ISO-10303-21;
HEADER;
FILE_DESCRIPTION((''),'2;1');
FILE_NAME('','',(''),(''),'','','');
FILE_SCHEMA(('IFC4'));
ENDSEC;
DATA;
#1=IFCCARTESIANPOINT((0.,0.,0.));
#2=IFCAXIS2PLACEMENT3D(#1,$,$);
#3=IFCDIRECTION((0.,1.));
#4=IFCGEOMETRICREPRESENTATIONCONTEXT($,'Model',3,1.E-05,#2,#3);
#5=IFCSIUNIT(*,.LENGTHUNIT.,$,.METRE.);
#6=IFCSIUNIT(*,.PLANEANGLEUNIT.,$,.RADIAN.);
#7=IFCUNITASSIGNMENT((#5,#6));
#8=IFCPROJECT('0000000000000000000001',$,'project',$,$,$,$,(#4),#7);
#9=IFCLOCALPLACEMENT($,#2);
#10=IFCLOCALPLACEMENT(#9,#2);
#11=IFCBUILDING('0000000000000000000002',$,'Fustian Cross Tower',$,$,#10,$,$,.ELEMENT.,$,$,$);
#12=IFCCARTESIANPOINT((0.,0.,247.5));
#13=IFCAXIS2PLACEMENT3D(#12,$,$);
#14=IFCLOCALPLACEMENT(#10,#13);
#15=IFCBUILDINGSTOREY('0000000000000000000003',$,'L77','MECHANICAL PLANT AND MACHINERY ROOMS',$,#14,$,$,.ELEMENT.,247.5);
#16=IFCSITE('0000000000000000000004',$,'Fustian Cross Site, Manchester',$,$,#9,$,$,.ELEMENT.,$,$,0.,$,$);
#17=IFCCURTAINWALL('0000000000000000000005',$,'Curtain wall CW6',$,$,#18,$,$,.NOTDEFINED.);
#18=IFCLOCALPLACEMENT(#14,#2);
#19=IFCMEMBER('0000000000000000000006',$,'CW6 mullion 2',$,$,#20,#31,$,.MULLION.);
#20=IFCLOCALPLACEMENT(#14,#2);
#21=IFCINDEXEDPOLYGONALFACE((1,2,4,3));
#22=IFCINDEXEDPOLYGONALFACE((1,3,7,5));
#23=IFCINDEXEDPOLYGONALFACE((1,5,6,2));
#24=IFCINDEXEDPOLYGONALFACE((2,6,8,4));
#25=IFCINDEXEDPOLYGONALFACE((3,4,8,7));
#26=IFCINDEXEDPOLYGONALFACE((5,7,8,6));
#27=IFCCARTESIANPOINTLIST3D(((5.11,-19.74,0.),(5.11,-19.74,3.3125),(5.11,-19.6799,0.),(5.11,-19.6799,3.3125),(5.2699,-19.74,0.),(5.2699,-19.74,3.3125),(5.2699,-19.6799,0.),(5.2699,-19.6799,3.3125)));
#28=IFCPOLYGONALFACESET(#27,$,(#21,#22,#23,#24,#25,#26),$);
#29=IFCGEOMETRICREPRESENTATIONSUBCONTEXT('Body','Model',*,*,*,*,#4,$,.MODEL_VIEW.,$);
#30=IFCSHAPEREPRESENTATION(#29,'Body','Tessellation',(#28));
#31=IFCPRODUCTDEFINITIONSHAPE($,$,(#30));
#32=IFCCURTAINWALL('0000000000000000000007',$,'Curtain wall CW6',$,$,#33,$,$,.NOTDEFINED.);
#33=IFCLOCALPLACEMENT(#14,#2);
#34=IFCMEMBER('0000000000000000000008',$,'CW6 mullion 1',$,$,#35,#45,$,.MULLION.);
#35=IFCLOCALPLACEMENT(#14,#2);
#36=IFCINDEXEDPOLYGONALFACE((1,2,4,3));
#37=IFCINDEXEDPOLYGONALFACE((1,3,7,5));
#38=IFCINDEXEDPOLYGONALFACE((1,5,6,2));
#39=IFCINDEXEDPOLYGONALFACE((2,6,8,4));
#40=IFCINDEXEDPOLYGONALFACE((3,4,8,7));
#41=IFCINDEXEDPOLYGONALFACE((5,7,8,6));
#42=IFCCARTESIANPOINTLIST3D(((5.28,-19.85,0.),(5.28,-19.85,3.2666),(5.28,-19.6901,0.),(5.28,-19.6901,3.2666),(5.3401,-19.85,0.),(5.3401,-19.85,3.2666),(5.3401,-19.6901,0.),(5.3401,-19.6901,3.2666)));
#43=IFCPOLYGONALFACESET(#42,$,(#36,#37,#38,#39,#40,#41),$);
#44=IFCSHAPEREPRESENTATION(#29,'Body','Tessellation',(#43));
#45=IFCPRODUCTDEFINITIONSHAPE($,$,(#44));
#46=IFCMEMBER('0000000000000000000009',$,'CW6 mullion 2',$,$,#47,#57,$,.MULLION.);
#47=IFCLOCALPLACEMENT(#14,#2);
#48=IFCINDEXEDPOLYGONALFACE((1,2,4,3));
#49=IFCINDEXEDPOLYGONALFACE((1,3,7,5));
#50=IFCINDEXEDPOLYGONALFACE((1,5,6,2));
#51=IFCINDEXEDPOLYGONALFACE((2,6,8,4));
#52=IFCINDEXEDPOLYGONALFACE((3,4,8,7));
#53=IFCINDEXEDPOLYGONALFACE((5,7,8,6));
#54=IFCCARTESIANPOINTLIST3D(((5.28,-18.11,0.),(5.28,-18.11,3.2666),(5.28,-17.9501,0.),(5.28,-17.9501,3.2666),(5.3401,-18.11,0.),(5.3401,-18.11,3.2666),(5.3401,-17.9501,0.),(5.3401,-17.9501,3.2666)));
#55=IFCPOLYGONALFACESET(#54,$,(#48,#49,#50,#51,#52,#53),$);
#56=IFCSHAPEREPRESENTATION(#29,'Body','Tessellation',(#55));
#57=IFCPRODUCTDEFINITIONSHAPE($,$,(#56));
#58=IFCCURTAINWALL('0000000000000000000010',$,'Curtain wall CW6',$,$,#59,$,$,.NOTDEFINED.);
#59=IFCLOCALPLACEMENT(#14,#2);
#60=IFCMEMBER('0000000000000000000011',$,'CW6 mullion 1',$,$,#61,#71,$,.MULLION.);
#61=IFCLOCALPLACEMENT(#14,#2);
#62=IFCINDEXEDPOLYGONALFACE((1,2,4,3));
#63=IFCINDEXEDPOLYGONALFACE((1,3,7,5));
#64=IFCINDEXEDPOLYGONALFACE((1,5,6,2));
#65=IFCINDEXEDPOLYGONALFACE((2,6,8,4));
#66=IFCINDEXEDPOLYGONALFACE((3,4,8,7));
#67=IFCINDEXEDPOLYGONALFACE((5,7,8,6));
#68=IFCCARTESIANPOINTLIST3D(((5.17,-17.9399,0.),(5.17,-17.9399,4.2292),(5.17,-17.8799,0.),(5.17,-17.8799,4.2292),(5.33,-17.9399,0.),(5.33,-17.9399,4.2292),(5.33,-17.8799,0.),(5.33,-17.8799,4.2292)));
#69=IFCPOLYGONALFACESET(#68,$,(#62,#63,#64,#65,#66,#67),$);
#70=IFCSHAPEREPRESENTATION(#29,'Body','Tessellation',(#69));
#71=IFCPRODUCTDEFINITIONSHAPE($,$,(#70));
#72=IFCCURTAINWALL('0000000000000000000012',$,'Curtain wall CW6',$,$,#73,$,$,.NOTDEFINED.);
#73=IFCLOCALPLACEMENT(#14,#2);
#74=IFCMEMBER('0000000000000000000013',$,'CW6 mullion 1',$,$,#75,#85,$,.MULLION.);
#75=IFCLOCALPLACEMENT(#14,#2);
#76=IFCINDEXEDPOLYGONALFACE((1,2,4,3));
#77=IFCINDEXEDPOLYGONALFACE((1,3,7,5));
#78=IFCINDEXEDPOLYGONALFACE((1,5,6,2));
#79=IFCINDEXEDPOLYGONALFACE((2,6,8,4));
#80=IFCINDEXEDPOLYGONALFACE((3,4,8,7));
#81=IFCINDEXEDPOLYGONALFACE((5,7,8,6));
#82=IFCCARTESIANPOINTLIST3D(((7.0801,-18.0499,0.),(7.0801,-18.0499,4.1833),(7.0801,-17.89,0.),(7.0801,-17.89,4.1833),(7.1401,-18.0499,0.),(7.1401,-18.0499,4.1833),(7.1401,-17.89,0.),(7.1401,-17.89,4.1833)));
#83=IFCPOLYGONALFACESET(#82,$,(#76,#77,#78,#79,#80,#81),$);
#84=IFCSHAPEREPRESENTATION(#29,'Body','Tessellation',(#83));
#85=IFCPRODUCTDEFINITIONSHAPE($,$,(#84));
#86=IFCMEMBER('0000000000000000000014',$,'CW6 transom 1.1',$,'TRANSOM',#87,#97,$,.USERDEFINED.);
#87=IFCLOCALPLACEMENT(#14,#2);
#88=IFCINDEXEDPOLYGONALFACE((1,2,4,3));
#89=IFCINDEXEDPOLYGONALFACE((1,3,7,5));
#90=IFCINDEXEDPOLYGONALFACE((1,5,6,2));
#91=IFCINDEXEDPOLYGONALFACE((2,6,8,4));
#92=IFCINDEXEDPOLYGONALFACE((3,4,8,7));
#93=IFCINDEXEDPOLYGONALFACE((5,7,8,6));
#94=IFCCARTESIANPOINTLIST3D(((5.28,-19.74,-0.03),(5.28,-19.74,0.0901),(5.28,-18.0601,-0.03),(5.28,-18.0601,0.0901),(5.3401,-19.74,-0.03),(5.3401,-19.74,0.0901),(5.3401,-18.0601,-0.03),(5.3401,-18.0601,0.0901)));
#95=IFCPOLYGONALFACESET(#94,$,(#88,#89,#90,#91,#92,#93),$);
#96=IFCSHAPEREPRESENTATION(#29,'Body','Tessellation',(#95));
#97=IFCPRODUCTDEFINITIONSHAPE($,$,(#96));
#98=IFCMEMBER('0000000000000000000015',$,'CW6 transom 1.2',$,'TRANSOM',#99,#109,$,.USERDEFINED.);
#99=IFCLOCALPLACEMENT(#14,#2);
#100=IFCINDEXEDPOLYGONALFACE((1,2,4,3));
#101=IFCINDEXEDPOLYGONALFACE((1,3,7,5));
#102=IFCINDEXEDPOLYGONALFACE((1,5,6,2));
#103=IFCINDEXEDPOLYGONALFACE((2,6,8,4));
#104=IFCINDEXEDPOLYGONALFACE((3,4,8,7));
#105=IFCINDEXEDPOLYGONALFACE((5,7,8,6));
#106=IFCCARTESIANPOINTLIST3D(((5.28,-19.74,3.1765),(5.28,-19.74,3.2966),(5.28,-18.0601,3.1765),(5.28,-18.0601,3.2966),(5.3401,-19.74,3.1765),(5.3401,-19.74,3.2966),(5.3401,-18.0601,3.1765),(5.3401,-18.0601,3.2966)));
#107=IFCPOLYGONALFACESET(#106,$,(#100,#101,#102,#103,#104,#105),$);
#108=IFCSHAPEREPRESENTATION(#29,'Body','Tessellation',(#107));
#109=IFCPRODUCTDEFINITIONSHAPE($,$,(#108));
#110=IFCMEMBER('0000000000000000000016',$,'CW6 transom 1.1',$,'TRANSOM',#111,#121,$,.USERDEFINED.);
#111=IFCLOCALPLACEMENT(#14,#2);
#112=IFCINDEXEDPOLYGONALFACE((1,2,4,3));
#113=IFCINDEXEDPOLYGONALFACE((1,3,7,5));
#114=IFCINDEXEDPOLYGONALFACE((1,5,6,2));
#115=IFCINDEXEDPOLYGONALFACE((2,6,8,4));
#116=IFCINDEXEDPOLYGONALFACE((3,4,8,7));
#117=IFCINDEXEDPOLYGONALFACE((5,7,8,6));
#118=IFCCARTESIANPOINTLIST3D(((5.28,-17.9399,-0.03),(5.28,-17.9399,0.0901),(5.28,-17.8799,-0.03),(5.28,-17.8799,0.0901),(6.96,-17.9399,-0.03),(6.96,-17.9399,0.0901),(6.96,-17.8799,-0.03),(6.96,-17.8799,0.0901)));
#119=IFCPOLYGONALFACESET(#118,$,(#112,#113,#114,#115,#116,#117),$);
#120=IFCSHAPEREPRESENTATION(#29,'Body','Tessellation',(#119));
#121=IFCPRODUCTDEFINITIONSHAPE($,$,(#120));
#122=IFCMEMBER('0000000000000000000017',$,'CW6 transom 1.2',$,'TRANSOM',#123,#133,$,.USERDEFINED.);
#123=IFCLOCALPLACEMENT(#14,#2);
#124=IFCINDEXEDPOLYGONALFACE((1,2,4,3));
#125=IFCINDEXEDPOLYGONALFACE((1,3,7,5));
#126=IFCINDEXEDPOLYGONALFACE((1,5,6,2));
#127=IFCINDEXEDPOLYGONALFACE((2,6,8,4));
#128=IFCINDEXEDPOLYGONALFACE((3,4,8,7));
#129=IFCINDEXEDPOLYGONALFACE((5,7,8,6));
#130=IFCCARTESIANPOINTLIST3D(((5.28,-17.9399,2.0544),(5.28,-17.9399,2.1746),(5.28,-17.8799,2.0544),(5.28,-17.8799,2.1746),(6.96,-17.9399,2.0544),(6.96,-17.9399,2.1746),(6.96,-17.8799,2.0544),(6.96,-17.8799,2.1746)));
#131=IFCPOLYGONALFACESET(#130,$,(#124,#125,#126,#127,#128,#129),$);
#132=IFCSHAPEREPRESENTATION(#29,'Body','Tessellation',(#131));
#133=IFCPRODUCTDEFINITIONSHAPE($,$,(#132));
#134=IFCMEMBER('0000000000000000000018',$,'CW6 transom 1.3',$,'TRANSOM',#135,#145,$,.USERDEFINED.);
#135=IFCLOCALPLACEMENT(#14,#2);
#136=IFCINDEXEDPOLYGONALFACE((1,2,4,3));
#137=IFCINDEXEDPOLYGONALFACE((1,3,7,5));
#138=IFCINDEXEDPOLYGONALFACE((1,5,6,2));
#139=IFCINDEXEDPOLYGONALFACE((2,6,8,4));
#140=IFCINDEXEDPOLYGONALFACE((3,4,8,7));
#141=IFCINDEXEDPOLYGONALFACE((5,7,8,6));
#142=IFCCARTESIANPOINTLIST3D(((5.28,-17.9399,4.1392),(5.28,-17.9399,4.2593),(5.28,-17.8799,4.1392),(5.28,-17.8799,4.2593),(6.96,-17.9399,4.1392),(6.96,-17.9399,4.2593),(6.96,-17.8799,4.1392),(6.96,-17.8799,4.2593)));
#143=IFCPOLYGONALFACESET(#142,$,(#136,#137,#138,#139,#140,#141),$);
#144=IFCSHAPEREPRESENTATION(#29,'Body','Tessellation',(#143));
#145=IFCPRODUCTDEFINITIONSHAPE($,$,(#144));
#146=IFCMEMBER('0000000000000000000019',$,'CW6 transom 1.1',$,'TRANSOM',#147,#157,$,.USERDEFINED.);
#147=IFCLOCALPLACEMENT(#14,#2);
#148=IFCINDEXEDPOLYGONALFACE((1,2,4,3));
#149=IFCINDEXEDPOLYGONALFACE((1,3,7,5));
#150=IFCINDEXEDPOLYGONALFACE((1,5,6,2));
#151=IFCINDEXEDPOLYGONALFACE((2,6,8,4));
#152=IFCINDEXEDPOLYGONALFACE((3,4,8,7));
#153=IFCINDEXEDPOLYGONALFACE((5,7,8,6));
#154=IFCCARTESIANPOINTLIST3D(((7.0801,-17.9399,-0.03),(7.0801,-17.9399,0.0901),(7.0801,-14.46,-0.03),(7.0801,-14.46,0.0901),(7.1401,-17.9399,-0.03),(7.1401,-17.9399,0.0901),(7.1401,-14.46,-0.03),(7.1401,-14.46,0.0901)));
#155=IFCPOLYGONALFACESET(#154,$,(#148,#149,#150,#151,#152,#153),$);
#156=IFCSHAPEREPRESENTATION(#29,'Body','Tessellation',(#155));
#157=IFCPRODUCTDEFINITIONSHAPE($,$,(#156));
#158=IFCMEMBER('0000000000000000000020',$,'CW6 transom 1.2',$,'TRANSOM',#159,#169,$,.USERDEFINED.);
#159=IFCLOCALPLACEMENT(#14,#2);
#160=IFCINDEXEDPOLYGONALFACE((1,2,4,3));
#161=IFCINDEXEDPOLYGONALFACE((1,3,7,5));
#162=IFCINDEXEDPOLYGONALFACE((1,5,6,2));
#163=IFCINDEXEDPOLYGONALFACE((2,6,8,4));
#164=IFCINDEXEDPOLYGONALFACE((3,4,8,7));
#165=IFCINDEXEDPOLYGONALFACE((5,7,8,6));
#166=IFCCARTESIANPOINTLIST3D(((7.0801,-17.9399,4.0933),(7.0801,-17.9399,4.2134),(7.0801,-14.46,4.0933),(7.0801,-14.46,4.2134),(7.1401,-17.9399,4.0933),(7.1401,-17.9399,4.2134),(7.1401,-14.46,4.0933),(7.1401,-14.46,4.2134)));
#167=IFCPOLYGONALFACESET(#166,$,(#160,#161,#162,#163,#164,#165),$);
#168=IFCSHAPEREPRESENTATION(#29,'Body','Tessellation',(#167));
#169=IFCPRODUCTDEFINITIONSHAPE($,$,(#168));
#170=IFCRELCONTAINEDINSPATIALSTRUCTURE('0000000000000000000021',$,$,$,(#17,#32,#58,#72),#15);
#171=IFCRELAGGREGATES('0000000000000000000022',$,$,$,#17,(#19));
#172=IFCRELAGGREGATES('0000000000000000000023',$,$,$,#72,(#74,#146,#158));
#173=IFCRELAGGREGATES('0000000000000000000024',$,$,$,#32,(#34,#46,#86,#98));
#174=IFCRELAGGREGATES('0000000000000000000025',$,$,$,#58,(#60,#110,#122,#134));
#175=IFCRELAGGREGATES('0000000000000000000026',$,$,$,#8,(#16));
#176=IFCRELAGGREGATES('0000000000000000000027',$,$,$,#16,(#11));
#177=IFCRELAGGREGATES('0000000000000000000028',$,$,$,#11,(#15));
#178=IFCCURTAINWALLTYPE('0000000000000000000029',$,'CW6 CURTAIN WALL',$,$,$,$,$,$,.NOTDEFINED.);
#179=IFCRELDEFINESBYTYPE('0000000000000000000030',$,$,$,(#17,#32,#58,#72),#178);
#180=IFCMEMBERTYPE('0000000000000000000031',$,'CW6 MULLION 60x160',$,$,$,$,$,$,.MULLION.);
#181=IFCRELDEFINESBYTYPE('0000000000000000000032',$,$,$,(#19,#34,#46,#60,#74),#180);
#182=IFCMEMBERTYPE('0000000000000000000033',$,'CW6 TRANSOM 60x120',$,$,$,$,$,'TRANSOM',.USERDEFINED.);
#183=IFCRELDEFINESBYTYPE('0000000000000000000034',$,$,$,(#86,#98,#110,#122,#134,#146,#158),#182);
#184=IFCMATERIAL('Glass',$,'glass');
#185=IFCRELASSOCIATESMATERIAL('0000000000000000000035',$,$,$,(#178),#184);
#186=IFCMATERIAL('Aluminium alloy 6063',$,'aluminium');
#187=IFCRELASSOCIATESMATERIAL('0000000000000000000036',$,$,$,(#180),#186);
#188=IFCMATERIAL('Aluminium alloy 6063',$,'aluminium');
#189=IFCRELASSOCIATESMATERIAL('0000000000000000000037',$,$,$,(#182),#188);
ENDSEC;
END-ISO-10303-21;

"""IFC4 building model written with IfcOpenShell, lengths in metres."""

from ifc_helpers import new_model, si_unit, direction, frame, origin, origin_2d, place, context, subcontext, project, spatial, rectangle, extrude, material, material_profile, profile_set, type_object, element, aggregate, save


model = new_model("IFC4")

# Units and contexts
model_context = context("Model", 3, precision=1e-05, world=origin(), true_north=direction((0.0, 1.0)))
body_context = subcontext(model_context, "Body", "Model", "MODEL_VIEW")
ifc_project = project(units=[si_unit("LENGTHUNIT", "METRE"), si_unit("PLANEANGLEUNIT", "RADIAN")], contexts=[model_context])

# Site, building, storey
site_placement = place(None, origin())
site = spatial("IfcSite", under=ifc_project, at=site_placement, Name="Fustian Cross Site, Manchester", CompositionType="ELEMENT", RefElevation=0.0)
building_placement = place(site_placement, origin())
building = spatial("IfcBuilding", under=site, at=building_placement, Name="Fustian Cross Tower", CompositionType="ELEMENT")
storey_placement = place(building_placement, frame((0.0, 0.0, 247.5)))
storey = spatial("IfcBuildingStorey", under=building, at=storey_placement, Name="L77", Description="MECHANICAL PLANT AND MACHINERY ROOMS", CompositionType="ELEMENT", Elevation=247.5)

# Curtain wall, member
ifc_material_1 = material(Name="Glass", Category="glass")
curtain_wall_type = type_object("IfcCurtainWallType", Name="CW6 CURTAIN WALL", PredefinedType="NOTDEFINED", material=ifc_material_1)
curtain_wall_1_placement = place(storey_placement, origin())
curtain_wall_1 = element("IfcCurtainWall", 1, at=curtain_wall_1_placement, inside=storey, type_object=curtain_wall_type, Name="Curtain wall CW6", PredefinedType="NOTDEFINED")
ifc_material_2 = material(Name="Aluminium alloy 6063", Category="aluminium")
ifc_material_profile_1 = material_profile(ifc_material_2, rectangle(XDim=0.0601, YDim=0.1599, at=origin_2d()), Name="CW6 MULLION 60x160")
ifc_profile_set_1 = profile_set([ifc_material_profile_1], Name="Aluminium alloy 6063")
member_type_1 = type_object("IfcMemberType", Name="CW6 MULLION 60x160", PredefinedType="MULLION", material=ifc_profile_set_1)
member_1_placement = place(storey_placement, frame((5.1899, -19.71, 0.0), z_axis=(0.0, 0.0, 1.0), x_axis=(0.0, 1.0, 0.0)))
member_1 = element("IfcMember", 2, at=member_1_placement, type_object=member_type_1, Name="CW6 mullion 2", PredefinedType="MULLION", context=body_context, shape_type="SweptSolid", body=[
    extrude(rectangle(XDim=0.0601, YDim=0.1599, at=origin_2d()), origin(), (0.0, 0.0, 1.0), 3.3125),
])
aggregate(curtain_wall_1, [member_1])

# Curtain wall, members
curtain_wall_2_placement = place(storey_placement, origin())
curtain_wall_2 = element("IfcCurtainWall", 3, at=curtain_wall_2_placement, inside=storey, type_object=curtain_wall_type, Name="Curtain wall CW6", PredefinedType="NOTDEFINED")
member_2_placement = place(storey_placement, frame((5.3101, -19.77, 0.0), z_axis=(0.0, 0.0, 1.0), x_axis=(-1.0, 0.0, 0.0)))
member_2 = element("IfcMember", 4, at=member_2_placement, type_object=member_type_1, Name="CW6 mullion 1", PredefinedType="MULLION", context=body_context, shape_type="SweptSolid", body=[
    extrude(rectangle(XDim=0.0601, YDim=0.1599, at=origin_2d()), origin(), (0.0, 0.0, 1.0), 3.2666),
])
member_3_placement = place(storey_placement, frame((5.3101, -18.03, 0.0), z_axis=(0.0, 0.0, 1.0), x_axis=(-1.0, 0.0, 0.0)))
member_3 = element("IfcMember", 5, at=member_3_placement, type_object=member_type_1, Name="CW6 mullion 2", PredefinedType="MULLION", context=body_context, shape_type="SweptSolid", body=[
    extrude(rectangle(XDim=0.0601, YDim=0.1599, at=origin_2d()), origin(), (0.0, 0.0, 1.0), 3.2666),
])

# Curtain walls, members
curtain_wall_3_placement = place(storey_placement, origin())
curtain_wall_3 = element("IfcCurtainWall", 6, at=curtain_wall_3_placement, inside=storey, type_object=curtain_wall_type, Name="Curtain wall CW6", PredefinedType="NOTDEFINED")
member_4_placement = place(storey_placement, frame((5.25, -17.9099, 0.0), z_axis=(0.0, 0.0, 1.0), x_axis=(0.0, 1.0, 0.0)))
member_4 = element("IfcMember", 7, at=member_4_placement, type_object=member_type_1, Name="CW6 mullion 1", PredefinedType="MULLION", context=body_context, shape_type="SweptSolid", body=[
    extrude(rectangle(XDim=0.0601, YDim=0.1599, at=origin_2d()), origin(), (0.0, 0.0, 1.0), 4.2292),
])
curtain_wall_4_placement = place(storey_placement, origin())
curtain_wall_4 = element("IfcCurtainWall", 8, at=curtain_wall_4_placement, inside=storey, type_object=curtain_wall_type, Name="Curtain wall CW6", PredefinedType="NOTDEFINED")
member_5_placement = place(storey_placement, frame((7.1101, -17.97, 0.0), z_axis=(0.0, 0.0, 1.0), x_axis=(-1.0, 0.0, 0.0)))
member_5 = element("IfcMember", 9, at=member_5_placement, type_object=member_type_1, Name="CW6 mullion 1", PredefinedType="MULLION", context=body_context, shape_type="SweptSolid", body=[
    extrude(rectangle(XDim=0.0601, YDim=0.1599, at=origin_2d()), origin(), (0.0, 0.0, 1.0), 4.1833),
])

# Members
ifc_material_3 = material(Name="Aluminium alloy 6063", Category="aluminium")
ifc_material_profile_2 = material_profile(ifc_material_3, rectangle(XDim=0.0601, YDim=0.1201, at=origin_2d()), Name="CW6 TRANSOM 60x120")
ifc_profile_set_2 = profile_set([ifc_material_profile_2], Name="Aluminium alloy 6063")
member_type_2 = type_object("IfcMemberType", Name="CW6 TRANSOM 60x120", ElementType="TRANSOM", PredefinedType="USERDEFINED", material=ifc_profile_set_2)
member_6_placement = place(storey_placement, frame((5.3101, -19.74, 0.03), z_axis=(0.0, 1.0, 0.0), x_axis=(-1.0, 0.0, 0.0)))
member_6 = element("IfcMember", 10, at=member_6_placement, type_object=member_type_2, Name="CW6 transom 1.1", ObjectType="TRANSOM", PredefinedType="USERDEFINED", context=body_context, shape_type="SweptSolid", body=[
    extrude(rectangle(XDim=0.0601, YDim=0.1201, at=origin_2d()), origin(), (0.0, 0.0, 1.0), 1.6799),
])
member_7_placement = place(storey_placement, frame((5.3101, -19.74, 3.2366), z_axis=(0.0, 1.0, 0.0), x_axis=(-1.0, 0.0, 0.0)))
member_7 = element("IfcMember", 11, at=member_7_placement, type_object=member_type_2, Name="CW6 transom 1.2", ObjectType="TRANSOM", PredefinedType="USERDEFINED", context=body_context, shape_type="SweptSolid", body=[
    extrude(rectangle(XDim=0.0601, YDim=0.1201, at=origin_2d()), origin(), (0.0, 0.0, 1.0), 1.6799),
])
member_8_placement = place(storey_placement, frame((5.28, -17.9099, 0.03), z_axis=(1.0, 0.0, 0.0), x_axis=(0.0, 1.0, 0.0)))
member_8 = element("IfcMember", 12, at=member_8_placement, type_object=member_type_2, Name="CW6 transom 1.1", ObjectType="TRANSOM", PredefinedType="USERDEFINED", context=body_context, shape_type="SweptSolid", body=[
    extrude(rectangle(XDim=0.0601, YDim=0.1201, at=origin_2d()), origin(), (0.0, 0.0, 1.0), 1.6799),
])
member_9_placement = place(storey_placement, frame((5.28, -17.9099, 2.1145), z_axis=(1.0, 0.0, 0.0), x_axis=(0.0, 1.0, 0.0)))
member_9 = element("IfcMember", 13, at=member_9_placement, type_object=member_type_2, Name="CW6 transom 1.2", ObjectType="TRANSOM", PredefinedType="USERDEFINED", context=body_context, shape_type="SweptSolid", body=[
    extrude(rectangle(XDim=0.0601, YDim=0.1201, at=origin_2d()), origin(), (0.0, 0.0, 1.0), 1.6799),
])
member_10_placement = place(storey_placement, frame((5.28, -17.9099, 4.1992), z_axis=(1.0, 0.0, 0.0), x_axis=(0.0, 1.0, 0.0)))
member_10 = element("IfcMember", 14, at=member_10_placement, type_object=member_type_2, Name="CW6 transom 1.3", ObjectType="TRANSOM", PredefinedType="USERDEFINED", context=body_context, shape_type="SweptSolid", body=[
    extrude(rectangle(XDim=0.0601, YDim=0.1201, at=origin_2d()), origin(), (0.0, 0.0, 1.0), 1.6799),
])
member_11_placement = place(storey_placement, frame((7.1101, -17.9399, 0.03), z_axis=(0.0, 1.0, 0.0), x_axis=(-1.0, 0.0, 0.0)))
member_11 = element("IfcMember", 15, at=member_11_placement, type_object=member_type_2, Name="CW6 transom 1.1", ObjectType="TRANSOM", PredefinedType="USERDEFINED", context=body_context, shape_type="SweptSolid", body=[
    extrude(rectangle(XDim=0.0601, YDim=0.1201, at=origin_2d()), origin(), (0.0, 0.0, 1.0), 3.48),
])
member_12_placement = place(storey_placement, frame((7.1101, -17.9399, 4.1533), z_axis=(0.0, 1.0, 0.0), x_axis=(-1.0, 0.0, 0.0)))
member_12 = element("IfcMember", 16, at=member_12_placement, type_object=member_type_2, Name="CW6 transom 1.2", ObjectType="TRANSOM", PredefinedType="USERDEFINED", context=body_context, shape_type="SweptSolid", body=[
    extrude(rectangle(XDim=0.0601, YDim=0.1201, at=origin_2d()), origin(), (0.0, 0.0, 1.0), 3.48),
])
aggregate(curtain_wall_4, [member_5, member_11, member_12])

aggregate(curtain_wall_2, [member_2, member_3, member_6, member_7])
aggregate(curtain_wall_3, [member_4, member_8, member_9, member_10])

save(model, "model.ifc")
